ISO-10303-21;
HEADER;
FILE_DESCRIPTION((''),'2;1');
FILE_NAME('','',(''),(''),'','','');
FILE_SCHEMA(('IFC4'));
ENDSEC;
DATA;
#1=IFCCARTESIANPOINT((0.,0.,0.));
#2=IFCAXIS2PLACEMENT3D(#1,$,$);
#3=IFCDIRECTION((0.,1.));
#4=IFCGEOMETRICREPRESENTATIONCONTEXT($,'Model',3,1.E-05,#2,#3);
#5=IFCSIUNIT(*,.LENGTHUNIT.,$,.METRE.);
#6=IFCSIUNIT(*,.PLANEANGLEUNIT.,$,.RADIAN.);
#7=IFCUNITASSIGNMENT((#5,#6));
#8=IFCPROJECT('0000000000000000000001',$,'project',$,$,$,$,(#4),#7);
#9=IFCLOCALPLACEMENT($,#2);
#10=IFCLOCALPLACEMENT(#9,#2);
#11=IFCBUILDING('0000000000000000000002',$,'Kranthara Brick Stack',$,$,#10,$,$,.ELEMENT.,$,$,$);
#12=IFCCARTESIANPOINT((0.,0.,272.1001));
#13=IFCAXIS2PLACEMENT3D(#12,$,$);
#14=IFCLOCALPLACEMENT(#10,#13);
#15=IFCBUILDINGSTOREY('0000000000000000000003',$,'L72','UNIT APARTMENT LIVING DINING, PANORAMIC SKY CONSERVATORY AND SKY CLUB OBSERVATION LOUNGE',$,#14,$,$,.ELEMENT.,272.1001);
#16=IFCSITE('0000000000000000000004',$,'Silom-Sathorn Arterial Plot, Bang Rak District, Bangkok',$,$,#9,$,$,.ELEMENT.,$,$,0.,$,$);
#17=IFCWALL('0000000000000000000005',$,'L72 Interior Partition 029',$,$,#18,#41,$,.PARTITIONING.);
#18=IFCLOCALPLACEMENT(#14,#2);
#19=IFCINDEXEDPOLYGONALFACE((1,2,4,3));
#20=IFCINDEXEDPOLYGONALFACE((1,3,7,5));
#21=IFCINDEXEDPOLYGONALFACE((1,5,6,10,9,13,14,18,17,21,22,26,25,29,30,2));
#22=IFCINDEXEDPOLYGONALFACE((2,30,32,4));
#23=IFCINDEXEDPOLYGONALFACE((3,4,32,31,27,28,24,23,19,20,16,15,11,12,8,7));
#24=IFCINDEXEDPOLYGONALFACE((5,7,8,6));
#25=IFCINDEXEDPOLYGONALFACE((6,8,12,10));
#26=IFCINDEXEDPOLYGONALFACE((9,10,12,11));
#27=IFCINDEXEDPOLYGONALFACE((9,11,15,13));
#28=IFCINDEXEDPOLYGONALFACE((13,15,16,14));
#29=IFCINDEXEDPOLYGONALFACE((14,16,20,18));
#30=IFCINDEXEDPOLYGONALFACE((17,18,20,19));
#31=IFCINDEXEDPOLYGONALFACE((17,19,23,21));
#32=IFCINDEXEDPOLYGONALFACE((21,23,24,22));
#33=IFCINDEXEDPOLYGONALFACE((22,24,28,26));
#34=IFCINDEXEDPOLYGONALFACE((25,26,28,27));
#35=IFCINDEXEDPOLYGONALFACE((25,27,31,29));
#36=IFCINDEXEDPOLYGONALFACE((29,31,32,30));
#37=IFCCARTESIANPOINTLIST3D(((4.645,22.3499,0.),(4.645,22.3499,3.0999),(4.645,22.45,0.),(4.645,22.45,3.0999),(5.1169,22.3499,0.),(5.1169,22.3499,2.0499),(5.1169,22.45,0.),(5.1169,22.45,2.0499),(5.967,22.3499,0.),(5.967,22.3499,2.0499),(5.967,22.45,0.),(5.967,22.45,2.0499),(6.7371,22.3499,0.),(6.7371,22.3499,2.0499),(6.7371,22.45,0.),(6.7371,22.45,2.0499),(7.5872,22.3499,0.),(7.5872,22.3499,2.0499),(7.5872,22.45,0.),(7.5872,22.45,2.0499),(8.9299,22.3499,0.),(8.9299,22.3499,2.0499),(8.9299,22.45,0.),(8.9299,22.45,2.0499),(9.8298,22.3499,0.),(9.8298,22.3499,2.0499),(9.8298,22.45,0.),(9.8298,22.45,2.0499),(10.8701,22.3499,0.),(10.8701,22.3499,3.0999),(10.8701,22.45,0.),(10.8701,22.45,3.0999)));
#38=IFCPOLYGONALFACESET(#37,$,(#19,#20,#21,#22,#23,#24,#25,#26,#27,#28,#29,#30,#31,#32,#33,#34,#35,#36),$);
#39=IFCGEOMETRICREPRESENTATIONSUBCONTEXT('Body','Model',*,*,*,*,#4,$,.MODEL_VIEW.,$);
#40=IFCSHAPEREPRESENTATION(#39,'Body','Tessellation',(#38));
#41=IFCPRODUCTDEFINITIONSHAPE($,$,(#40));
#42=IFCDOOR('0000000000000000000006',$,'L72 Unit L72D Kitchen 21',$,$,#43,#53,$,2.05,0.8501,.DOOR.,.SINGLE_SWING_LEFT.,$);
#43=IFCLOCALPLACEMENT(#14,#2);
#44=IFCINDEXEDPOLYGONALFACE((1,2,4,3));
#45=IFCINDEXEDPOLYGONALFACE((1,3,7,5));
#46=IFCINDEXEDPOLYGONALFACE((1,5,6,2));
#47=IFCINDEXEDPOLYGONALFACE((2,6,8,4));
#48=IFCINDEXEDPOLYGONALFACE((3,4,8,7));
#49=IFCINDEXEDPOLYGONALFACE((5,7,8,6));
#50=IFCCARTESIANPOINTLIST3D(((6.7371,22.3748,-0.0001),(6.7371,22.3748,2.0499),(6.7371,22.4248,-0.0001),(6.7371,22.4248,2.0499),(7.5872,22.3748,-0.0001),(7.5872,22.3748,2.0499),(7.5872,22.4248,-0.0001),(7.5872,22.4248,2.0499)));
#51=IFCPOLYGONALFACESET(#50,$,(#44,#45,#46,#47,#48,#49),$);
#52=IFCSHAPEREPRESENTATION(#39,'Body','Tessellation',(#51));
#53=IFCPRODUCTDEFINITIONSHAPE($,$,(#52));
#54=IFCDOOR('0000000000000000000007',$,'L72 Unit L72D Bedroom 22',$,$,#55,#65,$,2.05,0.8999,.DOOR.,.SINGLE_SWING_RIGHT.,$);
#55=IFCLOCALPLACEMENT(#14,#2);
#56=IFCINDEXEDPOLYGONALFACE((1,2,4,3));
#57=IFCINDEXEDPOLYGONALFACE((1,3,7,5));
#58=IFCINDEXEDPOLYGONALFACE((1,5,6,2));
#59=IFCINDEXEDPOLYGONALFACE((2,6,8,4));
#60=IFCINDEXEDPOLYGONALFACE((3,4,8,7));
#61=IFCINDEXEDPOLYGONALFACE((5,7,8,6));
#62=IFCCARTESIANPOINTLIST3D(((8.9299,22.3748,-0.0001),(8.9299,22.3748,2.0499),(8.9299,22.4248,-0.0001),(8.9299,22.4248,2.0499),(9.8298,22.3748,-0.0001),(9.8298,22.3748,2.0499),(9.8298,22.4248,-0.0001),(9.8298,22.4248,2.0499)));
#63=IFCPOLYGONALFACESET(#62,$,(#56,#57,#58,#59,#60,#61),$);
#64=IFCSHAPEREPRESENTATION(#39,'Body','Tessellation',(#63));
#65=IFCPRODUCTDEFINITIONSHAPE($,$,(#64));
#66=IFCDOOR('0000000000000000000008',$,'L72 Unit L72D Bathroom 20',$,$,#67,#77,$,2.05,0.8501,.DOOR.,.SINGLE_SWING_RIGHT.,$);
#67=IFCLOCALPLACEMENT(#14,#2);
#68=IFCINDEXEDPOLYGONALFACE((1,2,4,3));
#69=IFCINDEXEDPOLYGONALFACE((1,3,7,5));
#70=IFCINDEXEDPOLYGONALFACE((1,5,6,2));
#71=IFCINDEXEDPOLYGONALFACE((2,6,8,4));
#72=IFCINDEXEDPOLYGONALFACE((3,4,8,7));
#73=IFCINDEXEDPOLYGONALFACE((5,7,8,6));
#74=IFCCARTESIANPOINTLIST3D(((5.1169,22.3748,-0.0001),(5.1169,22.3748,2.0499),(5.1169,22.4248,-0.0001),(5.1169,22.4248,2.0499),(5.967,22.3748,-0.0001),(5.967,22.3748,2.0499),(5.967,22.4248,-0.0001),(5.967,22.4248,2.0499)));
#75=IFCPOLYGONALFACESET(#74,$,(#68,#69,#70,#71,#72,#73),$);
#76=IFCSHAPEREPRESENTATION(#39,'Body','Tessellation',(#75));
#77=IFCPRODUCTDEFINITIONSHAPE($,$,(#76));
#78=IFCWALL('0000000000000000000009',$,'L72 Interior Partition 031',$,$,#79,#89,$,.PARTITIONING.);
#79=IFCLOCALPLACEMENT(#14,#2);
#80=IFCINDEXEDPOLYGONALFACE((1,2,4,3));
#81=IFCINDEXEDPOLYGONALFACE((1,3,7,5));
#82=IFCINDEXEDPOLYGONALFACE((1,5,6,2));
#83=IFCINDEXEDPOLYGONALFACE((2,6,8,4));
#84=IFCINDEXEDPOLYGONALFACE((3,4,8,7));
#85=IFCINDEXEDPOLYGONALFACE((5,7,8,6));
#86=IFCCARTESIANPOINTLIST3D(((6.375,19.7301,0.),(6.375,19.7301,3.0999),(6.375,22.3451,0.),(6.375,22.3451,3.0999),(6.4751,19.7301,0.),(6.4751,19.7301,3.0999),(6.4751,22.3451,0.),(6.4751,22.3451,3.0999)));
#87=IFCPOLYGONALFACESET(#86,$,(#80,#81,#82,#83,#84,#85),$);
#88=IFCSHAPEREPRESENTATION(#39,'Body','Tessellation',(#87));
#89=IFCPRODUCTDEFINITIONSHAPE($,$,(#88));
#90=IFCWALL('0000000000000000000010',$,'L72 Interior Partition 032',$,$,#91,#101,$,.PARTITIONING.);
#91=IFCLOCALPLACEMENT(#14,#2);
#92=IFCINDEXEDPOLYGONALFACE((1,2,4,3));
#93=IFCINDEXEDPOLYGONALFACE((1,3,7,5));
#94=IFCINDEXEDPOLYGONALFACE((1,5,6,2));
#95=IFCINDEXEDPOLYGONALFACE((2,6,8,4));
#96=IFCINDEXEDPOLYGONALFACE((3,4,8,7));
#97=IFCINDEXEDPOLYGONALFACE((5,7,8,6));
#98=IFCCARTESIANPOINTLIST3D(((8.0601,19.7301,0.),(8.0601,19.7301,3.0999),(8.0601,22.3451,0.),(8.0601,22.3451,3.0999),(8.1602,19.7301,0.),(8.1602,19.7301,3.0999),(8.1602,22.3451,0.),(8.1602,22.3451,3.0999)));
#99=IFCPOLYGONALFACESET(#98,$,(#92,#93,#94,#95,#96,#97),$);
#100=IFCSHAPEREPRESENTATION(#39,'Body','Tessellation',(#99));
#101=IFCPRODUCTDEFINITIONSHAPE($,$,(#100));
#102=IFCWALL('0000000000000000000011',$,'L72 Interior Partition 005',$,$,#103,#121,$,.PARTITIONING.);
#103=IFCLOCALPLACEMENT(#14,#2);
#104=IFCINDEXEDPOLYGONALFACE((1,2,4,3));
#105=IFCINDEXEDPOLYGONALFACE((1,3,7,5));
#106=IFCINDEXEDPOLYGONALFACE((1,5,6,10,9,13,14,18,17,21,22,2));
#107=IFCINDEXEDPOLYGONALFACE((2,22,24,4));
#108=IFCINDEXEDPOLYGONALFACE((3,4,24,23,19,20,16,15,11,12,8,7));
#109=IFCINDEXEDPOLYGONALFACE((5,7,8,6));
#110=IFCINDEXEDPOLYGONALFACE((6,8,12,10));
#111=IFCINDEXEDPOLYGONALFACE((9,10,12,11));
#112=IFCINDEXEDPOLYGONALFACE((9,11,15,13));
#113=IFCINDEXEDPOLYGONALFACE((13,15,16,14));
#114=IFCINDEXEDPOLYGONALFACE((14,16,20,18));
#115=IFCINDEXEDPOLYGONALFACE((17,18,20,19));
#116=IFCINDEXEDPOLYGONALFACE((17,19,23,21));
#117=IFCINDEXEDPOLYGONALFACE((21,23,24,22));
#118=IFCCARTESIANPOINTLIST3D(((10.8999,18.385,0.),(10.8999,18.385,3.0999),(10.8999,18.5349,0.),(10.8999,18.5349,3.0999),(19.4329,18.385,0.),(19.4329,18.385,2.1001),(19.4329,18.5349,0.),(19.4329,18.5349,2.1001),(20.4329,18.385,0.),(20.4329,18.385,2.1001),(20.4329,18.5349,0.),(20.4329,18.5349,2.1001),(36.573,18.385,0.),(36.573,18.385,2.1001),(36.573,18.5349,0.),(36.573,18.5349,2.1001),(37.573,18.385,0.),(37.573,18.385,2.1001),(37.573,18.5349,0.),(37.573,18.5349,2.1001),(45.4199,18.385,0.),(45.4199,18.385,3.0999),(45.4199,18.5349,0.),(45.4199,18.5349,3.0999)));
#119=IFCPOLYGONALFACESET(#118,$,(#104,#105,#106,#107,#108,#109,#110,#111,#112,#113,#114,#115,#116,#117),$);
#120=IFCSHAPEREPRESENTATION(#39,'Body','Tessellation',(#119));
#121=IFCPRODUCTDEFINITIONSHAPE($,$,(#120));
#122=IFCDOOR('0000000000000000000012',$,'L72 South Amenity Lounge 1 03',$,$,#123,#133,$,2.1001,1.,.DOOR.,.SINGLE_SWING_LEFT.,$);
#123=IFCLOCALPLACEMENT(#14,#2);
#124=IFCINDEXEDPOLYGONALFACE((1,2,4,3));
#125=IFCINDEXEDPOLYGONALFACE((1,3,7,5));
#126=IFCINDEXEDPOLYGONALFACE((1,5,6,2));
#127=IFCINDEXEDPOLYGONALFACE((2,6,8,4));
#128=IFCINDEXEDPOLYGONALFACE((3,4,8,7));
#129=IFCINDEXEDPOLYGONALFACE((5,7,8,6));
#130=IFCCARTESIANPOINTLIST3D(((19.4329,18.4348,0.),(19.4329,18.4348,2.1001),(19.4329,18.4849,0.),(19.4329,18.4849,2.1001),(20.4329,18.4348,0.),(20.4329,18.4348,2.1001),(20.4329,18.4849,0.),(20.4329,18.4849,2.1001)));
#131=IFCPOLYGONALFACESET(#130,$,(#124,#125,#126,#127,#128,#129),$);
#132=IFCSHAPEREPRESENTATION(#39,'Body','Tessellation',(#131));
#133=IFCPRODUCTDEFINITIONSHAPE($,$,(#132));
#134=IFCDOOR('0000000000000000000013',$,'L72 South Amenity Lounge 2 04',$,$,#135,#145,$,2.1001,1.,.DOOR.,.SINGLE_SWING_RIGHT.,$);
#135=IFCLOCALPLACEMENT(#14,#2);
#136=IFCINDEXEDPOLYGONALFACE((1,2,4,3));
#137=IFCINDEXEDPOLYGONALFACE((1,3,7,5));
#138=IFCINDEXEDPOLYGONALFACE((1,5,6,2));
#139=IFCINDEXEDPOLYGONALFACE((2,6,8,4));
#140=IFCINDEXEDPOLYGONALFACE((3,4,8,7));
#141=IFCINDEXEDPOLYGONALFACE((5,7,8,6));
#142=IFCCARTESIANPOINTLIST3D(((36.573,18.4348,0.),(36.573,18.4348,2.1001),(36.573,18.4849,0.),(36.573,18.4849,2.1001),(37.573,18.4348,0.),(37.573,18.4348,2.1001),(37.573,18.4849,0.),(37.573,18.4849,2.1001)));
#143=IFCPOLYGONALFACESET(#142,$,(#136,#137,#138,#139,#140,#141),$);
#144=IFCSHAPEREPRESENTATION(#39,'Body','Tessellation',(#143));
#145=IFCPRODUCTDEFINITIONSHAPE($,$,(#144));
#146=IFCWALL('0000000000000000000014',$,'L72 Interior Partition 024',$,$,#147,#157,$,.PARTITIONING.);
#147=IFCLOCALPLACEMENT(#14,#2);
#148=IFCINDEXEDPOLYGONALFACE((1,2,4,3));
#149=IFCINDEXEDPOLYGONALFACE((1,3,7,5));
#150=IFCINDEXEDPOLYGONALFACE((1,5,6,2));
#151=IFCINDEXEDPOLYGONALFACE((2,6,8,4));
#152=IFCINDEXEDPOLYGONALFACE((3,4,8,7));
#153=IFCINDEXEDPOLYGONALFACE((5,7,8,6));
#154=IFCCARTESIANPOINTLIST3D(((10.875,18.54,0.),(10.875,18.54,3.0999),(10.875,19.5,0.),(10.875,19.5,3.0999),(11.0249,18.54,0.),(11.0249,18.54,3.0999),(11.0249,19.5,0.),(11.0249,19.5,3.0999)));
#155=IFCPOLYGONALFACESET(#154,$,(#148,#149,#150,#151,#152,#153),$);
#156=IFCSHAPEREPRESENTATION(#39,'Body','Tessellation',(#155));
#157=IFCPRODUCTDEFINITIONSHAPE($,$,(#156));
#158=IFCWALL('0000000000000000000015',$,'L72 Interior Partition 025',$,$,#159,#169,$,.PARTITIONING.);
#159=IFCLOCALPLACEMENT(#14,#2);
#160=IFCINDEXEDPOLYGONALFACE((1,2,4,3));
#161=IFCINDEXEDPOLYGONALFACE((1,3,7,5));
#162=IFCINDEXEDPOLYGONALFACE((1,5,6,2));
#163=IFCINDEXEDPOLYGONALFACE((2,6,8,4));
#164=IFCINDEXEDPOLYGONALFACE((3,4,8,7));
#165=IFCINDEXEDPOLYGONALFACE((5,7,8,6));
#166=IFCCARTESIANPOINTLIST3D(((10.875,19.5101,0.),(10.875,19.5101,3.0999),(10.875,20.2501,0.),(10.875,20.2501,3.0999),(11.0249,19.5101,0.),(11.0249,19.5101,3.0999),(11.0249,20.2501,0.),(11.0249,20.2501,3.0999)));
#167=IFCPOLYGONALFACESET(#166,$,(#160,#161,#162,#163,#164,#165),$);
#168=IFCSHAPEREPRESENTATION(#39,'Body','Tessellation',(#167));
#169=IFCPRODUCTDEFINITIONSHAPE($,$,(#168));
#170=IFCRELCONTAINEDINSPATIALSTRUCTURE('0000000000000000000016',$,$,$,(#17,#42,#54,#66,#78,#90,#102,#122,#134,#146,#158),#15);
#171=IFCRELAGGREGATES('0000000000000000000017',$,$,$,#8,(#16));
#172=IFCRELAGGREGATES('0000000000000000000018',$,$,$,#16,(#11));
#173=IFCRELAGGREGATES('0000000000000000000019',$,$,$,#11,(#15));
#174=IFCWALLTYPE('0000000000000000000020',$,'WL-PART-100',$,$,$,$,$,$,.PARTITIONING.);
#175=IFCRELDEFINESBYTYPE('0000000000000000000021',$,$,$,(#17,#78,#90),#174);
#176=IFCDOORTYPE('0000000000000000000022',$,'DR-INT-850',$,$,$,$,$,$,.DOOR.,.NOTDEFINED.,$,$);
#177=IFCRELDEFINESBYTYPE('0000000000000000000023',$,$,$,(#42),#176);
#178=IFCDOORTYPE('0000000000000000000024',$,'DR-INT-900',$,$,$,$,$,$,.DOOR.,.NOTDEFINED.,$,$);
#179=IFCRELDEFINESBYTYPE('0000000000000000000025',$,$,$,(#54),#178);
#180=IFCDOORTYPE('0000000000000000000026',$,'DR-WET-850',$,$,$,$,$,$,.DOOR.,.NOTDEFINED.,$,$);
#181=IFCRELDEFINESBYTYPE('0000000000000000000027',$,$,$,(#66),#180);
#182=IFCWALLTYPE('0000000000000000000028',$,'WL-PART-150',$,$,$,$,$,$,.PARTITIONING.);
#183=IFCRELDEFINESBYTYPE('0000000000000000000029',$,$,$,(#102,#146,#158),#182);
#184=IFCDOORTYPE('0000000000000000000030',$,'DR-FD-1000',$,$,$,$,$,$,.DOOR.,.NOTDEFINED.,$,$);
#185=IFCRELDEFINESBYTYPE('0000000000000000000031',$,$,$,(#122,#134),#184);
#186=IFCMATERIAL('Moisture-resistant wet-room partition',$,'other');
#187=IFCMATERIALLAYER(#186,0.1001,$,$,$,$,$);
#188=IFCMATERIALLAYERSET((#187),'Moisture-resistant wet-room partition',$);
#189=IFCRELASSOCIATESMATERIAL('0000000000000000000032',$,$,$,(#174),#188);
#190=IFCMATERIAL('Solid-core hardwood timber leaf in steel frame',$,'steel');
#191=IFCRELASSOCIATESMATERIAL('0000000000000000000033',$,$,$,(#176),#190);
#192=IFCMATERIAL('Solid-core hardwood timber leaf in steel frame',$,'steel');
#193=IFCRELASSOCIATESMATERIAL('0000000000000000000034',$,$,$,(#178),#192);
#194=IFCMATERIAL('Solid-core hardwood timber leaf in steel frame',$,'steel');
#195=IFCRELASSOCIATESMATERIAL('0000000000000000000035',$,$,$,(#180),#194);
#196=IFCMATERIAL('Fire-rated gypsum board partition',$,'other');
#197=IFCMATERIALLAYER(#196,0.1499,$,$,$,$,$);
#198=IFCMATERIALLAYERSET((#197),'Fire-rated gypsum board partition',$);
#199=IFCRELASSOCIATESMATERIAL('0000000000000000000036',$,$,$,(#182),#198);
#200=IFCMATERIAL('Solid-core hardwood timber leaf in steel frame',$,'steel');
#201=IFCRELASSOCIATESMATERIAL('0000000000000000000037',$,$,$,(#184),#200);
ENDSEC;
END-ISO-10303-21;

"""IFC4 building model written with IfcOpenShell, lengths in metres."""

from ifc_helpers import new_model, si_unit, direction, frame, frame_2d, origin, place, context, subcontext, project, spatial, rectangle, extrude, material, layer, layer_set, type_object, element, fill, save


model = new_model("IFC4")

# Units and contexts
model_context = context("Model", 3, precision=1e-05, world=origin(), true_north=direction((0.0, 1.0)))
body_context = subcontext(model_context, "Body", "Model", "MODEL_VIEW")
ifc_project = project(units=[si_unit("LENGTHUNIT", "METRE"), si_unit("PLANEANGLEUNIT", "RADIAN")], contexts=[model_context])

# Site, building, storey
site_placement = place(None, origin())
site = spatial("IfcSite", under=ifc_project, at=site_placement, Name="Silom-Sathorn Arterial Plot, Bang Rak District, Bangkok", CompositionType="ELEMENT", RefElevation=0.0)
building_placement = place(site_placement, origin())
building = spatial("IfcBuilding", under=site, at=building_placement, Name="Kranthara Brick Stack", CompositionType="ELEMENT")
storey_placement = place(building_placement, frame((0.0, 0.0, 272.1001)))
storey = spatial("IfcBuildingStorey", under=building, at=storey_placement, Name="L72", Description="UNIT APARTMENT LIVING DINING, PANORAMIC SKY CONSERVATORY AND SKY CLUB OBSERVATION LOUNGE", CompositionType="ELEMENT", Elevation=272.1001)

# Wall, openings, doors
ifc_material_1 = material(Name="Moisture-resistant wet-room partition", Category="other")
ifc_layer_1 = layer(ifc_material_1, 0.1001)
ifc_layer_set_1 = layer_set([ifc_layer_1], Name="Moisture-resistant wet-room partition")
wall_type_1 = type_object("IfcWallType", Name="WL-PART-100", PredefinedType="PARTITIONING", material=ifc_layer_set_1)
wall_1_placement = place(storey_placement, frame((4.645, 22.3999, 0.0), z_axis=(0.0, 0.0, 1.0), x_axis=(1.0, 0.0, 0.0)))
wall_1 = element("IfcWall", 1, at=wall_1_placement, inside=storey, type_object=wall_type_1, Name="L72 Interior Partition 029", PredefinedType="PARTITIONING", context=body_context, shape_type="SweptSolid", body=[
    extrude(rectangle(XDim=6.2251, YDim=0.1001, at=frame_2d((3.1125, 0.0))), origin(), (0.0, 0.0, 1.0), 3.0999),
])
opening_1_placement = place(wall_1_placement, frame((0.4719, 0.0, 0.0)))
opening_1 = element("IfcOpeningElement", 2, at=opening_1_placement, cuts=wall_1, PredefinedType="OPENING", context=body_context, shape_type="SweptSolid", body=[
    extrude(rectangle(XDim=0.8501, YDim=2.05, at=frame_2d((0.425, 1.0249))), frame((0.0, 0.0601, 0.0), z_axis=(0.0, -1.0, 0.0), x_axis=(1.0, 0.0, 0.0)), (0.0, 0.0, 1.0), 0.1201),
])
opening_2_placement = place(wall_1_placement, frame((2.092, 0.0, 0.0)))
opening_2 = element("IfcOpeningElement", 3, at=opening_2_placement, cuts=wall_1, PredefinedType="OPENING", context=body_context, shape_type="SweptSolid", body=[
    extrude(rectangle(XDim=0.8501, YDim=2.05, at=frame_2d((0.425, 1.0249))), frame((0.0, 0.0601, 0.0), z_axis=(0.0, -1.0, 0.0), x_axis=(1.0, 0.0, 0.0)), (0.0, 0.0, 1.0), 0.1201),
])
opening_3_placement = place(wall_1_placement, frame((4.2849, 0.0, 0.0)))
opening_3 = element("IfcOpeningElement", 4, at=opening_3_placement, cuts=wall_1, PredefinedType="OPENING", context=body_context, shape_type="SweptSolid", body=[
    extrude(rectangle(XDim=0.8999, YDim=2.05, at=frame_2d((0.45, 1.0249))), frame((0.0, 0.0601, 0.0), z_axis=(0.0, -1.0, 0.0), x_axis=(1.0, 0.0, 0.0)), (0.0, 0.0, 1.0), 0.1201),
])
ifc_material_2 = material(Name="Solid-core hardwood timber leaf in steel frame", Category="steel")
door_type_1 = type_object("IfcDoorType", Name="DR-INT-850", OperationType="NOTDEFINED", PredefinedType="DOOR", material=ifc_material_2)
door_1_placement = place(opening_2_placement, origin())
door_1 = element("IfcDoor", 5, at=door_1_placement, inside=storey, type_object=door_type_1, Name="L72 Unit L72D Kitchen 21", OperationType="SINGLE_SWING_LEFT", OverallHeight=2.05, OverallWidth=0.8501, PredefinedType="DOOR", context=body_context, shape_type="SweptSolid", body=[
    extrude(rectangle(XDim=0.8501, YDim=2.05, at=frame_2d((0.425, 1.0249))), frame((0.0, 0.0249, 0.0), z_axis=(0.0, -1.0, 0.0), x_axis=(1.0, 0.0, 0.0)), (0.0, 0.0, 1.0), 0.05),
])
fill(opening_2, door_1)
ifc_material_3 = material(Name="Solid-core hardwood timber leaf in steel frame", Category="steel")
door_type_2 = type_object("IfcDoorType", Name="DR-INT-900", OperationType="NOTDEFINED", PredefinedType="DOOR", material=ifc_material_3)
door_2_placement = place(opening_3_placement, origin())
door_2 = element("IfcDoor", 6, at=door_2_placement, inside=storey, type_object=door_type_2, Name="L72 Unit L72D Bedroom 22", OperationType="SINGLE_SWING_RIGHT", OverallHeight=2.05, OverallWidth=0.8999, PredefinedType="DOOR", context=body_context, shape_type="SweptSolid", body=[
    extrude(rectangle(XDim=0.8999, YDim=2.05, at=frame_2d((0.45, 1.0249))), frame((0.0, 0.0249, 0.0), z_axis=(0.0, -1.0, 0.0), x_axis=(1.0, 0.0, 0.0)), (0.0, 0.0, 1.0), 0.05),
])
fill(opening_3, door_2)
ifc_material_4 = material(Name="Solid-core hardwood timber leaf in steel frame", Category="steel")
door_type_3 = type_object("IfcDoorType", Name="DR-WET-850", OperationType="NOTDEFINED", PredefinedType="DOOR", material=ifc_material_4)
door_3_placement = place(opening_1_placement, origin())
door_3 = element("IfcDoor", 7, at=door_3_placement, inside=storey, type_object=door_type_3, Name="L72 Unit L72D Bathroom 20", OperationType="SINGLE_SWING_RIGHT", OverallHeight=2.05, OverallWidth=0.8501, PredefinedType="DOOR", context=body_context, shape_type="SweptSolid", body=[
    extrude(rectangle(XDim=0.8501, YDim=2.05, at=frame_2d((0.425, 1.0249))), frame((0.0, 0.0249, 0.0), z_axis=(0.0, -1.0, 0.0), x_axis=(1.0, 0.0, 0.0)), (0.0, 0.0, 1.0), 0.05),
])
fill(opening_1, door_3)

# Walls
for number, where, z_axis, x_axis, name in (
    (8, (6.425, 19.73, 0.0), (0.0, 0.0, 1.0), (0.0, 1.0, 0.0), "L72 Interior Partition 031"),
    (9, (8.1101, 19.73, 0.0), (0.0, 0.0, 1.0), (0.0, 1.0, 0.0), "L72 Interior Partition 032"),
):
    element("IfcWall", number, at=place(storey_placement, frame(where, z_axis=z_axis, x_axis=x_axis)), inside=storey, type_object=wall_type_1, Name=name, PredefinedType="PARTITIONING", context=body_context, shape_type="SweptSolid", body=[
        extrude(rectangle(XDim=2.615, YDim=0.1001, at=frame_2d((1.3076, 0.0))), origin(), (0.0, 0.0, 1.0), 3.0999),
    ])

# Wall, openings, doors
ifc_material_5 = material(Name="Fire-rated gypsum board partition", Category="other")
ifc_layer_2 = layer(ifc_material_5, 0.1499)
ifc_layer_set_2 = layer_set([ifc_layer_2], Name="Fire-rated gypsum board partition")
wall_type_2 = type_object("IfcWallType", Name="WL-PART-150", PredefinedType="PARTITIONING", material=ifc_layer_set_2)
wall_2_placement = place(storey_placement, frame((10.8999, 18.46, 0.0), z_axis=(0.0, 0.0, 1.0), x_axis=(1.0, 0.0, 0.0)))
wall_2 = element("IfcWall", 10, at=wall_2_placement, inside=storey, type_object=wall_type_2, Name="L72 Interior Partition 005", PredefinedType="PARTITIONING", context=body_context, shape_type="SweptSolid", body=[
    extrude(rectangle(XDim=34.52, YDim=0.1499, at=frame_2d((17.26, 0.0))), origin(), (0.0, 0.0, 1.0), 3.0999),
])
opening_4_placement = place(wall_2_placement, frame((8.533, 0.0, 0.0)))
opening_4 = element("IfcOpeningElement", 11, at=opening_4_placement, cuts=wall_2, PredefinedType="OPENING", context=body_context, shape_type="SweptSolid", body=[
    extrude(rectangle(XDim=1.0, YDim=2.1001, at=frame_2d((0.5, 1.05))), frame((0.0, 0.085, 0.0), z_axis=(0.0, -1.0, 0.0), x_axis=(1.0, 0.0, 0.0)), (0.0, 0.0, 1.0), 0.1699),
])
opening_5_placement = place(wall_2_placement, frame((25.6731, 0.0, 0.0)))
opening_5 = element("IfcOpeningElement", 12, at=opening_5_placement, cuts=wall_2, PredefinedType="OPENING", context=body_context, shape_type="SweptSolid", body=[
    extrude(rectangle(XDim=1.0, YDim=2.1001, at=frame_2d((0.5, 1.05))), frame((0.0, 0.085, 0.0), z_axis=(0.0, -1.0, 0.0), x_axis=(1.0, 0.0, 0.0)), (0.0, 0.0, 1.0), 0.1699),
])
ifc_material_6 = material(Name="Solid-core hardwood timber leaf in steel frame", Category="steel")
door_type_4 = type_object("IfcDoorType", Name="DR-FD-1000", OperationType="NOTDEFINED", PredefinedType="DOOR", material=ifc_material_6)
door_4_placement = place(opening_4_placement, origin())
door_4 = element("IfcDoor", 13, at=door_4_placement, inside=storey, type_object=door_type_4, Name="L72 South Amenity Lounge 1 03", OperationType="SINGLE_SWING_LEFT", OverallHeight=2.1001, OverallWidth=1.0, PredefinedType="DOOR", context=body_context, shape_type="SweptSolid", body=[
    extrude(rectangle(XDim=1.0, YDim=2.1001, at=frame_2d((0.5, 1.05))), frame((0.0, 0.0249, 0.0), z_axis=(0.0, -1.0, 0.0), x_axis=(1.0, 0.0, 0.0)), (0.0, 0.0, 1.0), 0.05),
])
fill(opening_4, door_4)
door_5_placement = place(opening_5_placement, origin())
door_5 = element("IfcDoor", 14, at=door_5_placement, inside=storey, type_object=door_type_4, Name="L72 South Amenity Lounge 2 04", OperationType="SINGLE_SWING_RIGHT", OverallHeight=2.1001, OverallWidth=1.0, PredefinedType="DOOR", context=body_context, shape_type="SweptSolid", body=[
    extrude(rectangle(XDim=1.0, YDim=2.1001, at=frame_2d((0.5, 1.05))), frame((0.0, 0.0249, 0.0), z_axis=(0.0, -1.0, 0.0), x_axis=(1.0, 0.0, 0.0)), (0.0, 0.0, 1.0), 0.05),
])
fill(opening_5, door_5)

# Walls
wall_3_placement = place(storey_placement, frame((10.95, 19.5, 0.0), z_axis=(0.0, 0.0, 1.0), x_axis=(0.0, -1.0, 0.0)))
element("IfcWall", 15, at=wall_3_placement, inside=storey, type_object=wall_type_2, Name="L72 Interior Partition 024", PredefinedType="PARTITIONING", context=body_context, shape_type="SweptSolid", body=[
    extrude(rectangle(XDim=0.96, YDim=0.1499, at=frame_2d((0.48, 0.0))), origin(), (0.0, 0.0, 1.0), 3.0999),
])
wall_4_placement = place(storey_placement, frame((10.95, 19.51, 0.0), z_axis=(0.0, 0.0, 1.0), x_axis=(0.0, 1.0, 0.0)))
element("IfcWall", 16, at=wall_4_placement, inside=storey, type_object=wall_type_2, Name="L72 Interior Partition 025", PredefinedType="PARTITIONING", context=body_context, shape_type="SweptSolid", body=[
    extrude(rectangle(XDim=0.74, YDim=0.1499, at=frame_2d((0.3701, 0.0))), origin(), (0.0, 0.0, 1.0), 3.0999),
])

save(model, "model.ifc")
